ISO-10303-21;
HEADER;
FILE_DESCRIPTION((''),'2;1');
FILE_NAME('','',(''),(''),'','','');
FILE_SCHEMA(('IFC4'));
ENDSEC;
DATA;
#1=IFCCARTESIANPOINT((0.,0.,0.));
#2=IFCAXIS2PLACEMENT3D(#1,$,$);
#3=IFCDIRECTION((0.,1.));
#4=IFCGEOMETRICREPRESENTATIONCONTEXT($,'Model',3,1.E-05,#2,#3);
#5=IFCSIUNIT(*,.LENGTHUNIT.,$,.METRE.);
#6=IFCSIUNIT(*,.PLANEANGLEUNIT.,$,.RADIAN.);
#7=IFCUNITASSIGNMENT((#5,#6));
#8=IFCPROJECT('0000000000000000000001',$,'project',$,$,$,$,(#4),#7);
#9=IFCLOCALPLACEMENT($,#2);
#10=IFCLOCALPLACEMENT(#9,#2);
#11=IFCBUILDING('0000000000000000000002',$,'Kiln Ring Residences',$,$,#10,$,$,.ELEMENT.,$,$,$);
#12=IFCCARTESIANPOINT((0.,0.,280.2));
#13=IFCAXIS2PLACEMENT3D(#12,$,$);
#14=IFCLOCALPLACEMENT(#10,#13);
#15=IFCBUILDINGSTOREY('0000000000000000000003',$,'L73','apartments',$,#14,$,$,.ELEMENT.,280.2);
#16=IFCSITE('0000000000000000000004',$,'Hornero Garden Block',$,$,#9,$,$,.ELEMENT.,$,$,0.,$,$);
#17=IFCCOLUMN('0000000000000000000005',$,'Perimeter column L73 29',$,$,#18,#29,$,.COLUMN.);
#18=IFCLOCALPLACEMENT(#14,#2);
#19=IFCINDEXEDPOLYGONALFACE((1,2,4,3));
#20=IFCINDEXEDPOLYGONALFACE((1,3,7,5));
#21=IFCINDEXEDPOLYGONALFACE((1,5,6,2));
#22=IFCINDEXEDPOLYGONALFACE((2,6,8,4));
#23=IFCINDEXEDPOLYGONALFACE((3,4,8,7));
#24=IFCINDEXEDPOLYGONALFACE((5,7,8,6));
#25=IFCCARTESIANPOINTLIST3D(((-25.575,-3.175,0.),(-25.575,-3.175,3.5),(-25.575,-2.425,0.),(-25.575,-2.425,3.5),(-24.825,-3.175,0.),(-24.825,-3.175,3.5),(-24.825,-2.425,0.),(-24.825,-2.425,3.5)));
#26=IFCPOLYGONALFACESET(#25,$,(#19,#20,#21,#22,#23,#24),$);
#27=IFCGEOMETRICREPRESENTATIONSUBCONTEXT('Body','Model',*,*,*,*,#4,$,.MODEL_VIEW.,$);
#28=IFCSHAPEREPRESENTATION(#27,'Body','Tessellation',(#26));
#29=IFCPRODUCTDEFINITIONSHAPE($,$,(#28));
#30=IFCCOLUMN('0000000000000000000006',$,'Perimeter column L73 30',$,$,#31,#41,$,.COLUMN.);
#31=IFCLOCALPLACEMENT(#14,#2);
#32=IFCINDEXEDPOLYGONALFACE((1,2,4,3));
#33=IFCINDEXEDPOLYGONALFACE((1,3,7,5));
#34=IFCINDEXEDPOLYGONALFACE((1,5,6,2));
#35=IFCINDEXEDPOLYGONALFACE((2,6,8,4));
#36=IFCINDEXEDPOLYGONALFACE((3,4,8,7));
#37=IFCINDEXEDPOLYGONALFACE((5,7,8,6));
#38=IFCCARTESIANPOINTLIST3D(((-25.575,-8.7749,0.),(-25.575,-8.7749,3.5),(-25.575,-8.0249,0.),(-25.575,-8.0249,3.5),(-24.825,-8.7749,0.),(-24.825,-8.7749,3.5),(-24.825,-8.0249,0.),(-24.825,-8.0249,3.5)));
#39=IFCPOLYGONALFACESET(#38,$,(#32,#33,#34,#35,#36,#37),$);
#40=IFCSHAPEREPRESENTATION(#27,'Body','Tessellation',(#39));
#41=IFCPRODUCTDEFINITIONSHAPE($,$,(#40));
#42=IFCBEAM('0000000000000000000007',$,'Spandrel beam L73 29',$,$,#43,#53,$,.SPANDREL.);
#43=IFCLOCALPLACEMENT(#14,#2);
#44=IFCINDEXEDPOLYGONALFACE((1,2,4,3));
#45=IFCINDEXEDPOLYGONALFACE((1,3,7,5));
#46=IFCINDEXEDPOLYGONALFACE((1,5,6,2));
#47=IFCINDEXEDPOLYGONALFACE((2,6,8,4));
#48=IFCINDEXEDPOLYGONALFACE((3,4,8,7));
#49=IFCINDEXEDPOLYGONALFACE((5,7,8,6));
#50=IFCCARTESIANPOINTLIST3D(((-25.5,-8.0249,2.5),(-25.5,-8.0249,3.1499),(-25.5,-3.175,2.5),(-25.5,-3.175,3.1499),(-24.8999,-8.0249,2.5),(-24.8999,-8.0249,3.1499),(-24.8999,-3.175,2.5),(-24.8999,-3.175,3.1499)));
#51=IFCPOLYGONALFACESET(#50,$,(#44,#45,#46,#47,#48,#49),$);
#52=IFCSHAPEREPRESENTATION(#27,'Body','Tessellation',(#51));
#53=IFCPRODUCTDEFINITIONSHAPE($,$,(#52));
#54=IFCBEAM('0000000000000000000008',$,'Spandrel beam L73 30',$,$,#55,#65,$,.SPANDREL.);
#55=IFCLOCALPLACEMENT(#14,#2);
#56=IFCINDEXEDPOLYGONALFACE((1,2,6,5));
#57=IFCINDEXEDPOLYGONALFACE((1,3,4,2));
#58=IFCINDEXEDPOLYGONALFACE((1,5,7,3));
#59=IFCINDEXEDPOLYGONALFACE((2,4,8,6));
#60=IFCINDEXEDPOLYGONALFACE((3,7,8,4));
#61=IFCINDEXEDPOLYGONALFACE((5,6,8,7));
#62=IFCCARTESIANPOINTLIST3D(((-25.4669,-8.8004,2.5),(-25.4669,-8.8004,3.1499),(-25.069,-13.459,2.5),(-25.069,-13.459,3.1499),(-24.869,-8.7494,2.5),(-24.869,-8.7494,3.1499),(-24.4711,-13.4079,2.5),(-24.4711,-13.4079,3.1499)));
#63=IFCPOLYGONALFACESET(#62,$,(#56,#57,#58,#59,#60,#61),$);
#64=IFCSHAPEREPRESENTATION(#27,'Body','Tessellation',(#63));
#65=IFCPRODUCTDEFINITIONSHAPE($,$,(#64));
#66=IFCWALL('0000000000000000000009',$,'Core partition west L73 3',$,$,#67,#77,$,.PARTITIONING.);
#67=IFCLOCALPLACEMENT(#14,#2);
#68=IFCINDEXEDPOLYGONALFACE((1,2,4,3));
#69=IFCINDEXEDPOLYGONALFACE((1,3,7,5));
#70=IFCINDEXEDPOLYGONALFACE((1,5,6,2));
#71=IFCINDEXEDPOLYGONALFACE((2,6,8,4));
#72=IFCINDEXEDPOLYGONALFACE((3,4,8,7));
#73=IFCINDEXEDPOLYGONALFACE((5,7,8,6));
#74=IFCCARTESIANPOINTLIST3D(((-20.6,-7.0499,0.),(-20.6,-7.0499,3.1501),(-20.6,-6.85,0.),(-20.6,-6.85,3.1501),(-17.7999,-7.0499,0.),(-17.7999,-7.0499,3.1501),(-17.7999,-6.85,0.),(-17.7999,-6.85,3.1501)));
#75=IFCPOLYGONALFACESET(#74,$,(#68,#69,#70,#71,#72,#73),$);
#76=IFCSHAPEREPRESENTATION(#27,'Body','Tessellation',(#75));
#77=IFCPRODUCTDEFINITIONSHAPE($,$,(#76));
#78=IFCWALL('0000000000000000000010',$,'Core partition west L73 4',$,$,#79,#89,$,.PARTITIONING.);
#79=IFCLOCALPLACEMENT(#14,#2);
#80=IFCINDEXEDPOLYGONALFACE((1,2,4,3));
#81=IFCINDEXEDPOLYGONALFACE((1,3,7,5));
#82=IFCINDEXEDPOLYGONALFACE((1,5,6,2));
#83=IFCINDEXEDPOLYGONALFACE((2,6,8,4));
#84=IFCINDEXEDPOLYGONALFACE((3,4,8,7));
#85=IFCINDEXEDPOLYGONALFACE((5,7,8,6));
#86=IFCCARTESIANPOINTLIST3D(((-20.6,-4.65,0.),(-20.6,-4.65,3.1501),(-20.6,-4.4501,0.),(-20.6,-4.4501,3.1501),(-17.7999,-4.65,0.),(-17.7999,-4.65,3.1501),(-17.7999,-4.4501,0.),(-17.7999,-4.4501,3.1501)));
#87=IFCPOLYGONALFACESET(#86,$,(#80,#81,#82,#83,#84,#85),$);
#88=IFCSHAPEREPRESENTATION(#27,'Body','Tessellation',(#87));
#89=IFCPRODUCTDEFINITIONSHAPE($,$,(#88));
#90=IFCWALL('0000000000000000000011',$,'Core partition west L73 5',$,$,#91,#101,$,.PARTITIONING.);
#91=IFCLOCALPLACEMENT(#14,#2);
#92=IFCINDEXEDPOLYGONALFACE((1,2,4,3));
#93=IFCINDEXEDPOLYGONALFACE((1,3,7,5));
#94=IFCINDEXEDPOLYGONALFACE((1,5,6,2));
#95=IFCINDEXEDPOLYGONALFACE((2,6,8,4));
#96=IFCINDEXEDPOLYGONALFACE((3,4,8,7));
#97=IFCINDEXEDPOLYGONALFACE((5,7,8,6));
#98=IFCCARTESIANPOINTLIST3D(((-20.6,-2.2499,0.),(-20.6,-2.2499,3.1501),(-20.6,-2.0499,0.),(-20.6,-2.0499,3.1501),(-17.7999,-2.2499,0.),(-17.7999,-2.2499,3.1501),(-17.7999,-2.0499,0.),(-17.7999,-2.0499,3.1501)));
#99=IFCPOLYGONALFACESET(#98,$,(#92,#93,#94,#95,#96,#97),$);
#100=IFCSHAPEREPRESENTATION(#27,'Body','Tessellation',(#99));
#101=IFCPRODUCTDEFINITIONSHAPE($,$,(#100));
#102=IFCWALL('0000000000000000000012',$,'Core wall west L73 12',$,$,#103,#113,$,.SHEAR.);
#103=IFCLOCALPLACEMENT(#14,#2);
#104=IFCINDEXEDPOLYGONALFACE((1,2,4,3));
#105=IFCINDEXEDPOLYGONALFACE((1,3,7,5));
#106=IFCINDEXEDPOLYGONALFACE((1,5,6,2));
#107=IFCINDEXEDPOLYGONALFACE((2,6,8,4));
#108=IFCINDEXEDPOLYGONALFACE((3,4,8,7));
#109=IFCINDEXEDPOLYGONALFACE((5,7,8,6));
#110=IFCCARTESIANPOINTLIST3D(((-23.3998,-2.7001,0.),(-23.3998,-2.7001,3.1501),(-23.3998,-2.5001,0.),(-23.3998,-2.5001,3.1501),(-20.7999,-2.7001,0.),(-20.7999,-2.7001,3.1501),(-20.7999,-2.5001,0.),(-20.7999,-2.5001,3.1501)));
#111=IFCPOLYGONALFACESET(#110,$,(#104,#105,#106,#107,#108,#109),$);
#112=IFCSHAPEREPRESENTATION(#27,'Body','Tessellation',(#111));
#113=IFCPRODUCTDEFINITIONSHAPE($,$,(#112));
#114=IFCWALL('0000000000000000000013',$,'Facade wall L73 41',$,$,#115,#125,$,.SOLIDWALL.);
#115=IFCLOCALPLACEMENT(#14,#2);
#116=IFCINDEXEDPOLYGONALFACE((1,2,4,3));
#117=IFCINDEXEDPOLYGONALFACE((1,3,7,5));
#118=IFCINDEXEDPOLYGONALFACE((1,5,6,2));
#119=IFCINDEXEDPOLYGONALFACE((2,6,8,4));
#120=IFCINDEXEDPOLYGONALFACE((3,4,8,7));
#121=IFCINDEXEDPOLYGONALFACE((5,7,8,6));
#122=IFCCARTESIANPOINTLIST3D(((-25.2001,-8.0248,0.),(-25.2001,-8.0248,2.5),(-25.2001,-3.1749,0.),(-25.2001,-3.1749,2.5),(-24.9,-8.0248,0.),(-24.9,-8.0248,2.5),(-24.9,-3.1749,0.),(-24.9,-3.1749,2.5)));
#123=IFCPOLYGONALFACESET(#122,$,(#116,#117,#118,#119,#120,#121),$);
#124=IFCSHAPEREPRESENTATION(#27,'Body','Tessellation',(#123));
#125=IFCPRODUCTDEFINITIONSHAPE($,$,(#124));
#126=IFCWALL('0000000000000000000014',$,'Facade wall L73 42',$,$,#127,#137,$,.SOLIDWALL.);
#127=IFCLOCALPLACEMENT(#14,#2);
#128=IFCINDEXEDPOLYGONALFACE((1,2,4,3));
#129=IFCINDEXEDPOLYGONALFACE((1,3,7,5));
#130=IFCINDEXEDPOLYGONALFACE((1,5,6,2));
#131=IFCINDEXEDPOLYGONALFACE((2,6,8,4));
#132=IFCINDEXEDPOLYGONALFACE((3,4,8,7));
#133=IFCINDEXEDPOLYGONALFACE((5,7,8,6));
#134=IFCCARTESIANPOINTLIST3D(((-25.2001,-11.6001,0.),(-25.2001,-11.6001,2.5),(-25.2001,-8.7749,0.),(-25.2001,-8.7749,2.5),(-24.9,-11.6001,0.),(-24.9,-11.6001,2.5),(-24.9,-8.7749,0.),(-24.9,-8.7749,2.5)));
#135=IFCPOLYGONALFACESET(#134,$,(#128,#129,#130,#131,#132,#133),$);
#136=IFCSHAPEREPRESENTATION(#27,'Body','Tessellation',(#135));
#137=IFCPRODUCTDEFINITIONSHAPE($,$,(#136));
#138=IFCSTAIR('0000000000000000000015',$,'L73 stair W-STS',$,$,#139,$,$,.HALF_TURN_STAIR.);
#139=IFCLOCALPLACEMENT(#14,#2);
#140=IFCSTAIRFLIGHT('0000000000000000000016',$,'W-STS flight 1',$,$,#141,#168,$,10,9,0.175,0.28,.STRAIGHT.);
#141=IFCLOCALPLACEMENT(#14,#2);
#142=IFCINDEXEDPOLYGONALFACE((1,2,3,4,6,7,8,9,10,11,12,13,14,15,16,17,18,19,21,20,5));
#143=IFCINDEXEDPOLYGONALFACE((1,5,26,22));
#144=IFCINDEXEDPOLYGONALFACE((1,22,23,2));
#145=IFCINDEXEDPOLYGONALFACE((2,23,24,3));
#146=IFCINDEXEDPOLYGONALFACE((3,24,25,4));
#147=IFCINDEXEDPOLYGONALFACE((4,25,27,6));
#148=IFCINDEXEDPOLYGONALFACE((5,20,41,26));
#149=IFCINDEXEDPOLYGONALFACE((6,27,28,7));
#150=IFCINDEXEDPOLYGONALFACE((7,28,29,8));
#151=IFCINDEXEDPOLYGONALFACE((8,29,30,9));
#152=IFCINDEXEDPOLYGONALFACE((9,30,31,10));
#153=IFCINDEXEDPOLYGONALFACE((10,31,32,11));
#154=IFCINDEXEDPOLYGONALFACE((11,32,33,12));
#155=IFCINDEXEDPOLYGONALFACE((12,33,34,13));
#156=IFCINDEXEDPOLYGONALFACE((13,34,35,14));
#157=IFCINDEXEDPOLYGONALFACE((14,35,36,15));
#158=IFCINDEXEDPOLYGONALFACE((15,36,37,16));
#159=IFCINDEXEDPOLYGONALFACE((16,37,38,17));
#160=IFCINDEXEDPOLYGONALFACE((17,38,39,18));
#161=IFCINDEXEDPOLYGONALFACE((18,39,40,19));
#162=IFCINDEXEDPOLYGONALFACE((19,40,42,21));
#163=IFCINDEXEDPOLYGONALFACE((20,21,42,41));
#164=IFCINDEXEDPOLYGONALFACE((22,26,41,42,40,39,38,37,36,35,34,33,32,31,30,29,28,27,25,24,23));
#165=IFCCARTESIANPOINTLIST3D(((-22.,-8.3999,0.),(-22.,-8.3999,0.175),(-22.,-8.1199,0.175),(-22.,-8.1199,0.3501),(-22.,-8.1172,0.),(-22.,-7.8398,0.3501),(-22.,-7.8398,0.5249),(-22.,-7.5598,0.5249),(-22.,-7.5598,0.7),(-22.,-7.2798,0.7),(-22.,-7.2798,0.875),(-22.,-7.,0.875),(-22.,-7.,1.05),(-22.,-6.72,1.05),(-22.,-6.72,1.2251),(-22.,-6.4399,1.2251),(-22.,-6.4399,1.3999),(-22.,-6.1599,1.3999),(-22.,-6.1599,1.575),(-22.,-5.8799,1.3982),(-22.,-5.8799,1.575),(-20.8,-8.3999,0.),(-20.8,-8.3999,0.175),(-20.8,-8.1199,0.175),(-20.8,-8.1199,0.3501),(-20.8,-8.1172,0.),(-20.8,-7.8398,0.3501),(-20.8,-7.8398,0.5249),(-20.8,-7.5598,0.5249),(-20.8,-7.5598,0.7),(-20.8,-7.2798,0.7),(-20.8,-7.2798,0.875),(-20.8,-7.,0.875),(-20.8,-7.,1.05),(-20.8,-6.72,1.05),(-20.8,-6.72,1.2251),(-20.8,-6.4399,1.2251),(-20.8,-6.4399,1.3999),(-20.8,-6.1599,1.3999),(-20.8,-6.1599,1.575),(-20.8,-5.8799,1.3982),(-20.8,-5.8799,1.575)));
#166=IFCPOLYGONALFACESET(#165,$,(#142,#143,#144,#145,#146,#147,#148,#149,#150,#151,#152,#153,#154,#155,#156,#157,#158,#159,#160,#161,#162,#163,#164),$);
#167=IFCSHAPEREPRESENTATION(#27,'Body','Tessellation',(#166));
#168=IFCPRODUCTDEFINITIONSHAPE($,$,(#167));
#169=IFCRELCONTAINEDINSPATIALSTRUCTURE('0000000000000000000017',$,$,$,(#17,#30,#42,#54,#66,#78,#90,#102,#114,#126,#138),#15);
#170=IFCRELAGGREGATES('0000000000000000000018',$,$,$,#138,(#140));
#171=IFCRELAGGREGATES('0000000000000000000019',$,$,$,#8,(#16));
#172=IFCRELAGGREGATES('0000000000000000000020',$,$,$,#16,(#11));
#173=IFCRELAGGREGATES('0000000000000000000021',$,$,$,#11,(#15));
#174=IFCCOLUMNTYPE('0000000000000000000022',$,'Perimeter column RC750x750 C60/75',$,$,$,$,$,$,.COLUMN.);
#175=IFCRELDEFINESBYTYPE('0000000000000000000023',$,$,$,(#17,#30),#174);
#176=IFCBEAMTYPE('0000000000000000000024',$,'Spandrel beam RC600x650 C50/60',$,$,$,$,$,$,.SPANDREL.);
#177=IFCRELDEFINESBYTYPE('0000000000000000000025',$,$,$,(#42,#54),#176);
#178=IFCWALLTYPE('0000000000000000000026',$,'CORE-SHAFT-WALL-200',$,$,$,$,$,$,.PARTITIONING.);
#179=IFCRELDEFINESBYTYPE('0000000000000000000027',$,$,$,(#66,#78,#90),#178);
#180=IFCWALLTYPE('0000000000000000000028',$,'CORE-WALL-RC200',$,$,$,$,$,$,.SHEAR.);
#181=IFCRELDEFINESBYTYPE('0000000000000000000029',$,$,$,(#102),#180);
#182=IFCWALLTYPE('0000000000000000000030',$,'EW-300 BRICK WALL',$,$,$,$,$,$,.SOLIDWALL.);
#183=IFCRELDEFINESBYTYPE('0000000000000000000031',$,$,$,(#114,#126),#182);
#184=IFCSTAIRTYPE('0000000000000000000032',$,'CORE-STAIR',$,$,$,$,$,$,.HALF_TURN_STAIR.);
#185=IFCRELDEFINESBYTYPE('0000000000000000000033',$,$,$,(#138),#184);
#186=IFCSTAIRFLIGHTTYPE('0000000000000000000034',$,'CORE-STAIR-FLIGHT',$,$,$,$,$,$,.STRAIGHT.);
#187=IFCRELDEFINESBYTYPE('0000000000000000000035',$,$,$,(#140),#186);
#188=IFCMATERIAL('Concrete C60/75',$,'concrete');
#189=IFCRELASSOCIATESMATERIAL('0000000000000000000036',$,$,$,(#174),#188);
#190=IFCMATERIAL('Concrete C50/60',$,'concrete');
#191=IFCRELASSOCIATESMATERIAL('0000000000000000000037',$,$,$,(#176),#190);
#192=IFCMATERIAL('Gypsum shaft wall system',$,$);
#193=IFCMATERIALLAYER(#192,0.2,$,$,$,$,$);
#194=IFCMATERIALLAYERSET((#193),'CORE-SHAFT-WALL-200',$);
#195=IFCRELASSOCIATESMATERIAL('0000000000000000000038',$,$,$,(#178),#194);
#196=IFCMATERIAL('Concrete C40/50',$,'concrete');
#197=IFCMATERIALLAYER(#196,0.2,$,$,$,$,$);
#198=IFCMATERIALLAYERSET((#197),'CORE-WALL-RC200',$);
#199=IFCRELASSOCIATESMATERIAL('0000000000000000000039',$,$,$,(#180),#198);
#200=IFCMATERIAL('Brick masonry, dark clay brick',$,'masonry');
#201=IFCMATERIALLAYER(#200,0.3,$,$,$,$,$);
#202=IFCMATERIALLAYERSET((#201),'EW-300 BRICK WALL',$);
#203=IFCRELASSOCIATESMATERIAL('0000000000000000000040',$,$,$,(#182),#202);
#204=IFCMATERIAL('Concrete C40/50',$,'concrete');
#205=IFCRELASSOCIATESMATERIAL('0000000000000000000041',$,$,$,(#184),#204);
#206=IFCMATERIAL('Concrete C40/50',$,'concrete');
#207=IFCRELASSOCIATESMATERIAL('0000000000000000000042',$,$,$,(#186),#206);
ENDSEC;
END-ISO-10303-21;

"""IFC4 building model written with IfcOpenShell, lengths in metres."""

from ifc_helpers import new_model, si_unit, direction, frame, frame_2d, origin, origin_2d, place, context, subcontext, project, spatial, polyline, rectangle, outline, extrude, material, layer, layer_set, material_profile, profile_set, type_object, element, aggregate, save


model = new_model("IFC4")

# Units and contexts
model_context = context("Model", 3, precision=1e-05, world=origin(), true_north=direction((0.0, 1.0)))
body_context = subcontext(model_context, "Body", "Model", "MODEL_VIEW")
ifc_project = project(units=[si_unit("LENGTHUNIT", "METRE"), si_unit("PLANEANGLEUNIT", "RADIAN")], contexts=[model_context])

# Site, building, storey
site_placement = place(None, origin())
site = spatial("IfcSite", under=ifc_project, at=site_placement, Name="Hornero Garden Block", CompositionType="ELEMENT", RefElevation=0.0)
building_placement = place(site_placement, origin())
building = spatial("IfcBuilding", under=site, at=building_placement, Name="Kiln Ring Residences", CompositionType="ELEMENT")
storey_placement = place(building_placement, frame((0.0, 0.0, 280.2)))
storey = spatial("IfcBuildingStorey", under=building, at=storey_placement, Name="L73", Description="apartments", CompositionType="ELEMENT", Elevation=280.2)

# Columns
ifc_material_1 = material(Name="Concrete C60/75", Category="concrete")
ifc_material_profile_1 = material_profile(ifc_material_1, rectangle(XDim=0.75, YDim=0.75, at=origin_2d()), Name="RC750x750")
ifc_profile_set_1 = profile_set([ifc_material_profile_1], Name="Concrete C60/75")
column_type = type_object("IfcColumnType", Name="Perimeter column RC750x750 C60/75", PredefinedType="COLUMN", material=ifc_profile_set_1)
for number, where, z_axis, x_axis, name in (
    (1, (-25.2, -2.8, 0.0), (0.0, 0.0, 1.0), (1.0, 0.0, 0.0), "Perimeter column L73 29"),
    (2, (-25.2, -8.3999, 0.0), (0.0, 0.0, 1.0), (1.0, 0.0, 0.0), "Perimeter column L73 30"),
):
    element("IfcColumn", number, at=place(storey_placement, frame(where, z_axis=z_axis, x_axis=x_axis)), inside=storey, type_object=column_type, Name=name, PredefinedType="COLUMN", context=body_context, shape_type="SweptSolid", body=[
        extrude(rectangle(XDim=0.75, YDim=0.75, at=origin_2d()), origin(), (0.0, 0.0, 1.0), 3.5),
    ])

# Beams
ifc_material_2 = material(Name="Concrete C50/60", Category="concrete")
ifc_material_profile_2 = material_profile(ifc_material_2, rectangle(XDim=0.6001, YDim=0.6499, at=origin_2d()), Name="RC600x650")
ifc_profile_set_2 = profile_set([ifc_material_profile_2], Name="Concrete C50/60")
beam_type = type_object("IfcBeamType", Name="Spandrel beam RC600x650 C50/60", PredefinedType="SPANDREL", material=ifc_profile_set_2)
beam_1_placement = place(storey_placement, frame((-25.2, -3.175, 2.825), z_axis=(0.0, -1.0, 0.0), x_axis=(1.0, 0.0, 0.0)))
element("IfcBeam", 3, at=beam_1_placement, inside=storey, type_object=beam_type, Name="Spandrel beam L73 29", PredefinedType="SPANDREL", context=body_context, shape_type="SweptSolid", body=[
    extrude(rectangle(XDim=0.6001, YDim=0.6499, at=origin_2d()), origin(), (0.0, 0.0, 1.0), 4.8499),
])
beam_2_placement = place(storey_placement, frame((-25.168, -8.7749, 2.825), z_axis=(0.085111, -0.996371, 0.0), x_axis=(0.996371, 0.085111, 0.0)))
element("IfcBeam", 4, at=beam_2_placement, inside=storey, type_object=beam_type, Name="Spandrel beam L73 30", PredefinedType="SPANDREL", context=body_context, shape_type="SweptSolid", body=[
    extrude(rectangle(XDim=0.6001, YDim=0.6499, at=origin_2d()), origin(), (0.0, 0.0, 1.0), 4.6755),
])

# Walls
ifc_material_3 = material(Name="Gypsum shaft wall system")
ifc_layer_1 = layer(ifc_material_3, 0.2)
ifc_layer_set_1 = layer_set([ifc_layer_1], Name="CORE-SHAFT-WALL-200")
wall_type_1 = type_object("IfcWallType", Name="CORE-SHAFT-WALL-200", PredefinedType="PARTITIONING", material=ifc_layer_set_1)
for number, where, z_axis, x_axis, name in (
    (5, (-17.8, -6.95, 0.0), (0.0, 0.0, 1.0), (-1.0, 0.0, 0.0), "Core partition west L73 3"),
    (6, (-17.8, -4.55, 0.0), (0.0, 0.0, 1.0), (-1.0, 0.0, 0.0), "Core partition west L73 4"),
    (7, (-17.8, -2.1499, 0.0), (0.0, 0.0, 1.0), (-1.0, 0.0, 0.0), "Core partition west L73 5"),
):
    element("IfcWall", number, at=place(storey_placement, frame(where, z_axis=z_axis, x_axis=x_axis)), inside=storey, type_object=wall_type_1, Name=name, PredefinedType="PARTITIONING", context=body_context, shape_type="SweptSolid", body=[
        extrude(rectangle(XDim=2.8, YDim=0.2, at=frame_2d((1.3999, 0.0))), origin(), (0.0, 0.0, 1.0), 3.1501),
    ])
ifc_material_4 = material(Name="Concrete C40/50", Category="concrete")
ifc_layer_2 = layer(ifc_material_4, 0.2)
ifc_layer_set_2 = layer_set([ifc_layer_2], Name="CORE-WALL-RC200")
wall_type_2 = type_object("IfcWallType", Name="CORE-WALL-RC200", PredefinedType="SHEAR", material=ifc_layer_set_2)
wall_1_placement = place(storey_placement, frame((-20.8, -2.6001, 0.0), z_axis=(0.0, 0.0, 1.0), x_axis=(-1.0, 0.0, 0.0)))
element("IfcWall", 8, at=wall_1_placement, inside=storey, type_object=wall_type_2, Name="Core wall west L73 12", PredefinedType="SHEAR", context=body_context, shape_type="SweptSolid", body=[
    extrude(rectangle(XDim=2.5999, YDim=0.2, at=frame_2d((1.2998, 0.0))), origin(), (0.0, 0.0, 1.0), 3.1501),
])
ifc_material_5 = material(Name="Brick masonry, dark clay brick", Category="masonry")
ifc_layer_3 = layer(ifc_material_5, 0.3)
ifc_layer_set_3 = layer_set([ifc_layer_3], Name="EW-300 BRICK WALL")
wall_type_3 = type_object("IfcWallType", Name="EW-300 BRICK WALL", PredefinedType="SOLIDWALL", material=ifc_layer_set_3)
wall_2_placement = place(storey_placement, frame((-25.05, -3.175, 0.0), z_axis=(0.0, 0.0, 1.0), x_axis=(0.0, -1.0, 0.0)))
element("IfcWall", 9, at=wall_2_placement, inside=storey, type_object=wall_type_3, Name="Facade wall L73 41", PredefinedType="SOLIDWALL", context=body_context, shape_type="SweptSolid", body=[
    extrude(rectangle(XDim=4.8499, YDim=0.3, at=frame_2d((2.4248, 0.0))), origin(), (0.0, 0.0, 1.0), 2.5),
])
wall_3_placement = place(storey_placement, frame((-25.05, -8.7749, 0.0), z_axis=(0.0, 0.0, 1.0), x_axis=(0.0, -1.0, 0.0)))
element("IfcWall", 10, at=wall_3_placement, inside=storey, type_object=wall_type_3, Name="Facade wall L73 42", PredefinedType="SOLIDWALL", context=body_context, shape_type="SweptSolid", body=[
    extrude(rectangle(XDim=2.8252, YDim=0.3, at=frame_2d((1.4126, 0.0))), origin(), (0.0, 0.0, 1.0), 2.5),
])

# Stair, stair flight
ifc_material_6 = material(Name="Concrete C40/50", Category="concrete")
stair_type = type_object("IfcStairType", Name="CORE-STAIR", PredefinedType="HALF_TURN_STAIR", material=ifc_material_6)
stair_placement = place(storey_placement, origin())
stair = element("IfcStair", 11, at=stair_placement, inside=storey, type_object=stair_type, Name="L73 stair W-STS", PredefinedType="HALF_TURN_STAIR")
ifc_material_7 = material(Name="Concrete C40/50", Category="concrete")
stair_flight_type = type_object("IfcStairFlightType", Name="CORE-STAIR-FLIGHT", PredefinedType="STRAIGHT", material=ifc_material_7)
stair_flight_1_placement = place(storey_placement, frame((-21.3999, -8.3999, 0.0), z_axis=(0.0, 0.0, 1.0), x_axis=(0.0, 1.0, 0.0)))
stair_flight_1 = element("IfcStairFlight", 12, at=stair_flight_1_placement, type_object=stair_flight_type, Name="W-STS flight 1", NumberOfRisers=10, NumberOfTreads=9, PredefinedType="STRAIGHT", RiserHeight=0.175, TreadLength=0.28, context=body_context, shape_type="SweptSolid", body=[
    extrude(outline(polyline([(0.0, 0.0), (0.0, 0.175), (0.28, 0.175), (0.28, 0.3501), (0.5601, 0.3501), (0.5601, 0.5249), (0.8401, 0.5249), (0.8401, 0.7), (1.1201, 0.7), (1.1201, 0.875), (1.3999, 0.875), (1.3999, 1.05), (1.6799, 1.05), (1.6799, 1.2251), (1.96, 1.2251), (1.96, 1.3999), (2.24, 1.3999), (2.24, 1.575), (2.52, 1.575), (2.52, 1.75), (2.52, 1.3982), (0.2827, 0.0), (0.0, 0.0)])), frame((0.0, 0.6001, 0.0), z_axis=(0.0, -1.0, 0.0), x_axis=(1.0, 0.0, 0.0)), (0.0, 0.0, 1.0), 1.2),
])
aggregate(stair, [stair_flight_1])

save(model, "model.ifc")
